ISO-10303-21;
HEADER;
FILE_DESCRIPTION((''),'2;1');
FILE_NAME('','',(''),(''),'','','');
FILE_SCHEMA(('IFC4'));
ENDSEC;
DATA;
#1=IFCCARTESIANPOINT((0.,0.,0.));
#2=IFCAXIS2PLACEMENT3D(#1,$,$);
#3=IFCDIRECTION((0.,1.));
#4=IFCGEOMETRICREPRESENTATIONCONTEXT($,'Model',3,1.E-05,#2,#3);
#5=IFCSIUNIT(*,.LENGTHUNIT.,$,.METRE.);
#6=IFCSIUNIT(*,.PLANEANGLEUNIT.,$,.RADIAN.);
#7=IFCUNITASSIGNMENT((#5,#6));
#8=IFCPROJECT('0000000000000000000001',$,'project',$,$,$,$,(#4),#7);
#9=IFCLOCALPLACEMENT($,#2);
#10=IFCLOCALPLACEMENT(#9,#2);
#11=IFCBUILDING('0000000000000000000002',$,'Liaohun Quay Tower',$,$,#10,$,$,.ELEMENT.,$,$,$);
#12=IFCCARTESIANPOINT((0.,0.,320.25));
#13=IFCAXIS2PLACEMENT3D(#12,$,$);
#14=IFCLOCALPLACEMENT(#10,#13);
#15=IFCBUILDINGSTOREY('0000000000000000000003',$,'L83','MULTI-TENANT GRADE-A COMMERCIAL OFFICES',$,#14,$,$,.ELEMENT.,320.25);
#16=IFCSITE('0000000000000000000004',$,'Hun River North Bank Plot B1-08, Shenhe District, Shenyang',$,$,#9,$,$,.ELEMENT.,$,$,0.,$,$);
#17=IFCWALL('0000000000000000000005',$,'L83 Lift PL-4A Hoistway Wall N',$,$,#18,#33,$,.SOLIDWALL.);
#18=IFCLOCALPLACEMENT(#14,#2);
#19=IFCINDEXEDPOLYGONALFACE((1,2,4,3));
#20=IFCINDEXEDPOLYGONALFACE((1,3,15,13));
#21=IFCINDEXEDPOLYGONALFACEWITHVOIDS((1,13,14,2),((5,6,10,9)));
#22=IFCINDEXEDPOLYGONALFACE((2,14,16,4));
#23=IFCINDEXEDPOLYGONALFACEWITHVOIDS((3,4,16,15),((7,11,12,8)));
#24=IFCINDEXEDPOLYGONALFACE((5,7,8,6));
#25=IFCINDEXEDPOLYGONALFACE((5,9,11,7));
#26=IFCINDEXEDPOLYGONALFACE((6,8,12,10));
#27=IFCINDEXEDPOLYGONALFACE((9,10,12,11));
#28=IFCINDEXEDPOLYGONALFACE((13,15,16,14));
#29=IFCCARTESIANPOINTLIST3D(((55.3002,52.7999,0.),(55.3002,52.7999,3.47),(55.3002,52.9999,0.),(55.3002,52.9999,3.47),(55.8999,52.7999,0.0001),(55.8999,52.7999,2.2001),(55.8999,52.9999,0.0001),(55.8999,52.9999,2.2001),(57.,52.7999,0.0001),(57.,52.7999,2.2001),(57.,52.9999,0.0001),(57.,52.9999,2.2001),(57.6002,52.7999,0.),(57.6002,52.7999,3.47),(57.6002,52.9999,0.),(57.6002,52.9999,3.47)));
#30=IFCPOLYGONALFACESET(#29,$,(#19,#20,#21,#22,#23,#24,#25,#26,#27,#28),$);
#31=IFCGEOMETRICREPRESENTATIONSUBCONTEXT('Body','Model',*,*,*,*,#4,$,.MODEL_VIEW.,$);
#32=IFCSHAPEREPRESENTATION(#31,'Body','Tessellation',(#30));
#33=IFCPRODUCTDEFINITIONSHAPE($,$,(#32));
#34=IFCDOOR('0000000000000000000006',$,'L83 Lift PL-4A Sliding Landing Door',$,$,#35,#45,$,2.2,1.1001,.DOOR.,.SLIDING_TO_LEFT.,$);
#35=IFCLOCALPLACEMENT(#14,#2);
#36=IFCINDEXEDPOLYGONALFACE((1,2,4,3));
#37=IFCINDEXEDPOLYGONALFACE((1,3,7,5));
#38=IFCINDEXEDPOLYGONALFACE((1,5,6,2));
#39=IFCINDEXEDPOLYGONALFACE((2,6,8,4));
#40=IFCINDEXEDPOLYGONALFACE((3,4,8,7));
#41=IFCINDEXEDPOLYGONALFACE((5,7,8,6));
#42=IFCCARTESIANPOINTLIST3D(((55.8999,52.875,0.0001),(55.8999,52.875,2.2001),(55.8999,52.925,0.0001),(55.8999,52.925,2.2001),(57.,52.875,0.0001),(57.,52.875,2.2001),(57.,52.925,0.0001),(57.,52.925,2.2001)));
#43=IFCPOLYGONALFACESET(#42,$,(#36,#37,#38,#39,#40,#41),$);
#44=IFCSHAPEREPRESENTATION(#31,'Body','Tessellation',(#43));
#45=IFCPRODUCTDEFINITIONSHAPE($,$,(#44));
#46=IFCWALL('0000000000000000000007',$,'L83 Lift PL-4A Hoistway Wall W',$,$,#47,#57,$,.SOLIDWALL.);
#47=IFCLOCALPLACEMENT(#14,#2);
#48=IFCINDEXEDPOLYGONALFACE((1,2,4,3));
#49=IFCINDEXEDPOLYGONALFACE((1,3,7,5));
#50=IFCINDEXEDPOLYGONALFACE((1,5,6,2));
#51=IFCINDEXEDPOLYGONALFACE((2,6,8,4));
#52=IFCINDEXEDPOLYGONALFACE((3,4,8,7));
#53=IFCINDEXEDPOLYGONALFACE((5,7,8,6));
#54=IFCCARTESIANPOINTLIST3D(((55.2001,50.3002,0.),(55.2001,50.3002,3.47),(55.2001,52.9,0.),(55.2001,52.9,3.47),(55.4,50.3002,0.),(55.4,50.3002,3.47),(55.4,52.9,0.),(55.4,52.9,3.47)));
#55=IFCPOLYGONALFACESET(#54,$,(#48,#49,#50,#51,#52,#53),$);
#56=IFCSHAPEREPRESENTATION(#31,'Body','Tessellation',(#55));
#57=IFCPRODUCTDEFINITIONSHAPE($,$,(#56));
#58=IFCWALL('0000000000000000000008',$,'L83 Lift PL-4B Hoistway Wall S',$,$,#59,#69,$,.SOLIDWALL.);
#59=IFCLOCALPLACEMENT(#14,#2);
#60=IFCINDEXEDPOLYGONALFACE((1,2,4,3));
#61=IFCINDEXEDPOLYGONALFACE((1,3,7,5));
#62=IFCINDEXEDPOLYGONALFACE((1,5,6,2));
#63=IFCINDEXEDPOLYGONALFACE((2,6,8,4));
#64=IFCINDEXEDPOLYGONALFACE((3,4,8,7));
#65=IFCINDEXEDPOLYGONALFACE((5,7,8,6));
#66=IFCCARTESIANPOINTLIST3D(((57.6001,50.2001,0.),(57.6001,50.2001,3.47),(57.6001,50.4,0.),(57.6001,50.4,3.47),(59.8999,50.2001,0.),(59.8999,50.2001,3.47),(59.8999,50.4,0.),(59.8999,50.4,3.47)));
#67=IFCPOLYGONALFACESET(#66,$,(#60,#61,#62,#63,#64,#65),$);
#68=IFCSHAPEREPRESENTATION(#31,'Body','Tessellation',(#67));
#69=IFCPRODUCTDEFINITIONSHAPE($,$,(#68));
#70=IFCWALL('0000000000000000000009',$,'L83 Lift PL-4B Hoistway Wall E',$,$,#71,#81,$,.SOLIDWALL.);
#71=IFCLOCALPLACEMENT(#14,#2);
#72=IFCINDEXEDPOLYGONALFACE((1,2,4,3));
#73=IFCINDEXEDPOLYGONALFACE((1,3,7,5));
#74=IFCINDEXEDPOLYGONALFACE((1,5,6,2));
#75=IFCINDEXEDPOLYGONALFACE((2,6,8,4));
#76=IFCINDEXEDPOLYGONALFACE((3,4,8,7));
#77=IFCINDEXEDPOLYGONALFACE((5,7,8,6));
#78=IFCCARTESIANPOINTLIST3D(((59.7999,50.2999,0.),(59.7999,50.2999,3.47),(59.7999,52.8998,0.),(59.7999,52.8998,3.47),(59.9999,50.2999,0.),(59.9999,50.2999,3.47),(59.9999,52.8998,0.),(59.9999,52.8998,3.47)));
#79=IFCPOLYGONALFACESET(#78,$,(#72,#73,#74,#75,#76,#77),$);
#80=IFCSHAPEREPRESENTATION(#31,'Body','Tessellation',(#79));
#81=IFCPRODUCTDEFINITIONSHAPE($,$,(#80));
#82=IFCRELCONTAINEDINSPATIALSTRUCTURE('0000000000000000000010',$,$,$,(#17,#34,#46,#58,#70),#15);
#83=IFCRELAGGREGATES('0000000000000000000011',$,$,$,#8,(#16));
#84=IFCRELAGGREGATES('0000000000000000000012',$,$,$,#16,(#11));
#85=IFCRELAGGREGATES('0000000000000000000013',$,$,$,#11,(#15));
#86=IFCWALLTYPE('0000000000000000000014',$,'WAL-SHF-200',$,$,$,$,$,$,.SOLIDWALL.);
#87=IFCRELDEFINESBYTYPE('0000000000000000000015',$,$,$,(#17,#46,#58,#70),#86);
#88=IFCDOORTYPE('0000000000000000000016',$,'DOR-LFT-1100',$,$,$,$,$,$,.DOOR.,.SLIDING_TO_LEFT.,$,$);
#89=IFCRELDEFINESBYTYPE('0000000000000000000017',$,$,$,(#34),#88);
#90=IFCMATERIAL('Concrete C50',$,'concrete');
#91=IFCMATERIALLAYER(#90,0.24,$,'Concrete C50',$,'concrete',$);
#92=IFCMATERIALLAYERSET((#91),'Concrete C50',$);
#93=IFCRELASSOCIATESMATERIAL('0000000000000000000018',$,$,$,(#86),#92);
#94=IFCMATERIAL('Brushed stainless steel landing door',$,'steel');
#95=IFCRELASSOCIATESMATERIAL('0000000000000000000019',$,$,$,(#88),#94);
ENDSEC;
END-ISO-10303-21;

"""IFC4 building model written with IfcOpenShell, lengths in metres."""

from ifc_helpers import new_model, si_unit, direction, frame, frame_2d, origin, place, context, subcontext, project, spatial, rectangle, extrude, source, transform, mapped, material, layer, layer_set, type_object, element, fill, save


model = new_model("IFC4")

# Units and contexts
model_context = context("Model", 3, precision=1e-05, world=origin(), true_north=direction((0.0, 1.0)))
body_context = subcontext(model_context, "Body", "Model", "MODEL_VIEW")
ifc_project = project(units=[si_unit("LENGTHUNIT", "METRE"), si_unit("PLANEANGLEUNIT", "RADIAN")], contexts=[model_context])

# Site, building, storey
site_placement = place(None, origin())
site = spatial("IfcSite", under=ifc_project, at=site_placement, Name="Hun River North Bank Plot B1-08, Shenhe District, Shenyang", CompositionType="ELEMENT", RefElevation=0.0)
building_placement = place(site_placement, origin())
building = spatial("IfcBuilding", under=site, at=building_placement, Name="Liaohun Quay Tower", CompositionType="ELEMENT")
storey_placement = place(building_placement, frame((0.0, 0.0, 320.25)))
storey = spatial("IfcBuildingStorey", under=building, at=storey_placement, Name="L83", Description="MULTI-TENANT GRADE-A COMMERCIAL OFFICES", CompositionType="ELEMENT", Elevation=320.25)

# Shared definitions
ifc_material_1 = material(Name="Concrete C50", Category="concrete")

# Shared definitions
ifc_layer_1 = layer(ifc_material_1, 0.24, Name="Concrete C50", Category="concrete")
ifc_layer_set_1 = layer_set([ifc_layer_1], Name="Concrete C50")
wall_type_1 = type_object("IfcWallType", Name="WAL-SHF-200", PredefinedType="SOLIDWALL", material=ifc_layer_set_1)

# Wall, opening, door
wall_1_placement = place(storey_placement, frame((57.6001, 52.8999, 0.0), z_axis=(0.0, 0.0, 1.0), x_axis=(-1.0, 0.0, 0.0)))
wall_1 = element("IfcWall", 1, at=wall_1_placement, inside=storey, type_object=wall_type_1, Name="L83 Lift PL-4A Hoistway Wall N", PredefinedType="SOLIDWALL", context=body_context, shape_type="SweptSolid", body=[
    extrude(rectangle(XDim=2.3, YDim=0.2, at=frame_2d((1.1499, 0.0))), origin(), (0.0, 0.0, 1.0), 3.47),
])
shared_shape_1 = source(origin(), body_context, "Body", "SweptSolid", [
    extrude(rectangle(XDim=1.1001, YDim=2.2, at=frame_2d((0.55, 1.1001))), frame((0.0, 0.1099, 0.0), z_axis=(0.0, -1.0, 0.0), x_axis=(1.0, 0.0, 0.0)), (0.0, 0.0, 1.0), 0.22),
])
opening_1_placement = place(wall_1_placement, frame((0.6001, 0.0, 0.0)))
opening_1 = element("IfcOpeningElement", 2, at=opening_1_placement, cuts=wall_1, PredefinedType="OPENING", context=body_context, shape_type="MappedRepresentation", body=[
    mapped(shared_shape_1, transform((0.0, 0.0, 0.0), x_axis=(1.0, 0.0, 0.0), y_axis=(0.0, 1.0, 0.0), z_axis=(0.0, 0.0, 1.0), scale=1.0)),
])
ifc_material_2 = material(Name="Brushed stainless steel landing door", Category="steel")
door_type_1 = type_object("IfcDoorType", Name="DOR-LFT-1100", OperationType="SLIDING_TO_LEFT", PredefinedType="DOOR", material=ifc_material_2)
shared_shape_2 = source(origin(), body_context, "Body", "SweptSolid", [
    extrude(rectangle(XDim=1.1001, YDim=2.2, at=frame_2d((0.55, 1.1001))), frame((0.0, 0.0249, 0.0), z_axis=(0.0, -1.0, 0.0), x_axis=(1.0, 0.0, 0.0)), (0.0, 0.0, 1.0), 0.05),
])
door_1_placement = place(opening_1_placement, origin())
door_1 = element("IfcDoor", 3, at=door_1_placement, inside=storey, type_object=door_type_1, Name="L83 Lift PL-4A Sliding Landing Door", OperationType="SLIDING_TO_LEFT", OverallHeight=2.2, OverallWidth=1.1001, PredefinedType="DOOR", context=body_context, shape_type="MappedRepresentation", body=[
    mapped(shared_shape_2, transform((0.0, 0.0, 0.0), x_axis=(1.0, 0.0, 0.0), y_axis=(0.0, 1.0, 0.0), z_axis=(0.0, 0.0, 1.0), scale=1.0)),
])
fill(opening_1, door_1)

# Walls
wall_2_placement = place(storey_placement, frame((55.3, 52.8999, 0.0), z_axis=(0.0, 0.0, 1.0), x_axis=(0.0, -1.0, 0.0)))
element("IfcWall", 4, at=wall_2_placement, inside=storey, type_object=wall_type_1, Name="L83 Lift PL-4A Hoistway Wall W", PredefinedType="SOLIDWALL", context=body_context, shape_type="SweptSolid", body=[
    extrude(rectangle(XDim=2.5999, YDim=0.2, at=frame_2d((1.2998, 0.0))), origin(), (0.0, 0.0, 1.0), 3.47),
])
wall_3_placement = place(storey_placement, frame((57.6001, 50.3, 0.0), z_axis=(0.0, 0.0, 1.0), x_axis=(1.0, 0.0, 0.0)))
element("IfcWall", 5, at=wall_3_placement, inside=storey, type_object=wall_type_1, Name="L83 Lift PL-4B Hoistway Wall S", PredefinedType="SOLIDWALL", context=body_context, shape_type="SweptSolid", body=[
    extrude(rectangle(XDim=2.2998, YDim=0.2, at=frame_2d((1.1499, 0.0))), origin(), (0.0, 0.0, 1.0), 3.47),
])
wall_4_placement = place(storey_placement, frame((59.8999, 50.3, 0.0), z_axis=(0.0, 0.0, 1.0), x_axis=(0.0, 1.0, 0.0)))
element("IfcWall", 6, at=wall_4_placement, inside=storey, type_object=wall_type_1, Name="L83 Lift PL-4B Hoistway Wall E", PredefinedType="SOLIDWALL", context=body_context, shape_type="SweptSolid", body=[
    extrude(rectangle(XDim=2.5999, YDim=0.2, at=frame_2d((1.2998, 0.0))), origin(), (0.0, 0.0, 1.0), 3.47),
])

save(model, "model.ifc")
